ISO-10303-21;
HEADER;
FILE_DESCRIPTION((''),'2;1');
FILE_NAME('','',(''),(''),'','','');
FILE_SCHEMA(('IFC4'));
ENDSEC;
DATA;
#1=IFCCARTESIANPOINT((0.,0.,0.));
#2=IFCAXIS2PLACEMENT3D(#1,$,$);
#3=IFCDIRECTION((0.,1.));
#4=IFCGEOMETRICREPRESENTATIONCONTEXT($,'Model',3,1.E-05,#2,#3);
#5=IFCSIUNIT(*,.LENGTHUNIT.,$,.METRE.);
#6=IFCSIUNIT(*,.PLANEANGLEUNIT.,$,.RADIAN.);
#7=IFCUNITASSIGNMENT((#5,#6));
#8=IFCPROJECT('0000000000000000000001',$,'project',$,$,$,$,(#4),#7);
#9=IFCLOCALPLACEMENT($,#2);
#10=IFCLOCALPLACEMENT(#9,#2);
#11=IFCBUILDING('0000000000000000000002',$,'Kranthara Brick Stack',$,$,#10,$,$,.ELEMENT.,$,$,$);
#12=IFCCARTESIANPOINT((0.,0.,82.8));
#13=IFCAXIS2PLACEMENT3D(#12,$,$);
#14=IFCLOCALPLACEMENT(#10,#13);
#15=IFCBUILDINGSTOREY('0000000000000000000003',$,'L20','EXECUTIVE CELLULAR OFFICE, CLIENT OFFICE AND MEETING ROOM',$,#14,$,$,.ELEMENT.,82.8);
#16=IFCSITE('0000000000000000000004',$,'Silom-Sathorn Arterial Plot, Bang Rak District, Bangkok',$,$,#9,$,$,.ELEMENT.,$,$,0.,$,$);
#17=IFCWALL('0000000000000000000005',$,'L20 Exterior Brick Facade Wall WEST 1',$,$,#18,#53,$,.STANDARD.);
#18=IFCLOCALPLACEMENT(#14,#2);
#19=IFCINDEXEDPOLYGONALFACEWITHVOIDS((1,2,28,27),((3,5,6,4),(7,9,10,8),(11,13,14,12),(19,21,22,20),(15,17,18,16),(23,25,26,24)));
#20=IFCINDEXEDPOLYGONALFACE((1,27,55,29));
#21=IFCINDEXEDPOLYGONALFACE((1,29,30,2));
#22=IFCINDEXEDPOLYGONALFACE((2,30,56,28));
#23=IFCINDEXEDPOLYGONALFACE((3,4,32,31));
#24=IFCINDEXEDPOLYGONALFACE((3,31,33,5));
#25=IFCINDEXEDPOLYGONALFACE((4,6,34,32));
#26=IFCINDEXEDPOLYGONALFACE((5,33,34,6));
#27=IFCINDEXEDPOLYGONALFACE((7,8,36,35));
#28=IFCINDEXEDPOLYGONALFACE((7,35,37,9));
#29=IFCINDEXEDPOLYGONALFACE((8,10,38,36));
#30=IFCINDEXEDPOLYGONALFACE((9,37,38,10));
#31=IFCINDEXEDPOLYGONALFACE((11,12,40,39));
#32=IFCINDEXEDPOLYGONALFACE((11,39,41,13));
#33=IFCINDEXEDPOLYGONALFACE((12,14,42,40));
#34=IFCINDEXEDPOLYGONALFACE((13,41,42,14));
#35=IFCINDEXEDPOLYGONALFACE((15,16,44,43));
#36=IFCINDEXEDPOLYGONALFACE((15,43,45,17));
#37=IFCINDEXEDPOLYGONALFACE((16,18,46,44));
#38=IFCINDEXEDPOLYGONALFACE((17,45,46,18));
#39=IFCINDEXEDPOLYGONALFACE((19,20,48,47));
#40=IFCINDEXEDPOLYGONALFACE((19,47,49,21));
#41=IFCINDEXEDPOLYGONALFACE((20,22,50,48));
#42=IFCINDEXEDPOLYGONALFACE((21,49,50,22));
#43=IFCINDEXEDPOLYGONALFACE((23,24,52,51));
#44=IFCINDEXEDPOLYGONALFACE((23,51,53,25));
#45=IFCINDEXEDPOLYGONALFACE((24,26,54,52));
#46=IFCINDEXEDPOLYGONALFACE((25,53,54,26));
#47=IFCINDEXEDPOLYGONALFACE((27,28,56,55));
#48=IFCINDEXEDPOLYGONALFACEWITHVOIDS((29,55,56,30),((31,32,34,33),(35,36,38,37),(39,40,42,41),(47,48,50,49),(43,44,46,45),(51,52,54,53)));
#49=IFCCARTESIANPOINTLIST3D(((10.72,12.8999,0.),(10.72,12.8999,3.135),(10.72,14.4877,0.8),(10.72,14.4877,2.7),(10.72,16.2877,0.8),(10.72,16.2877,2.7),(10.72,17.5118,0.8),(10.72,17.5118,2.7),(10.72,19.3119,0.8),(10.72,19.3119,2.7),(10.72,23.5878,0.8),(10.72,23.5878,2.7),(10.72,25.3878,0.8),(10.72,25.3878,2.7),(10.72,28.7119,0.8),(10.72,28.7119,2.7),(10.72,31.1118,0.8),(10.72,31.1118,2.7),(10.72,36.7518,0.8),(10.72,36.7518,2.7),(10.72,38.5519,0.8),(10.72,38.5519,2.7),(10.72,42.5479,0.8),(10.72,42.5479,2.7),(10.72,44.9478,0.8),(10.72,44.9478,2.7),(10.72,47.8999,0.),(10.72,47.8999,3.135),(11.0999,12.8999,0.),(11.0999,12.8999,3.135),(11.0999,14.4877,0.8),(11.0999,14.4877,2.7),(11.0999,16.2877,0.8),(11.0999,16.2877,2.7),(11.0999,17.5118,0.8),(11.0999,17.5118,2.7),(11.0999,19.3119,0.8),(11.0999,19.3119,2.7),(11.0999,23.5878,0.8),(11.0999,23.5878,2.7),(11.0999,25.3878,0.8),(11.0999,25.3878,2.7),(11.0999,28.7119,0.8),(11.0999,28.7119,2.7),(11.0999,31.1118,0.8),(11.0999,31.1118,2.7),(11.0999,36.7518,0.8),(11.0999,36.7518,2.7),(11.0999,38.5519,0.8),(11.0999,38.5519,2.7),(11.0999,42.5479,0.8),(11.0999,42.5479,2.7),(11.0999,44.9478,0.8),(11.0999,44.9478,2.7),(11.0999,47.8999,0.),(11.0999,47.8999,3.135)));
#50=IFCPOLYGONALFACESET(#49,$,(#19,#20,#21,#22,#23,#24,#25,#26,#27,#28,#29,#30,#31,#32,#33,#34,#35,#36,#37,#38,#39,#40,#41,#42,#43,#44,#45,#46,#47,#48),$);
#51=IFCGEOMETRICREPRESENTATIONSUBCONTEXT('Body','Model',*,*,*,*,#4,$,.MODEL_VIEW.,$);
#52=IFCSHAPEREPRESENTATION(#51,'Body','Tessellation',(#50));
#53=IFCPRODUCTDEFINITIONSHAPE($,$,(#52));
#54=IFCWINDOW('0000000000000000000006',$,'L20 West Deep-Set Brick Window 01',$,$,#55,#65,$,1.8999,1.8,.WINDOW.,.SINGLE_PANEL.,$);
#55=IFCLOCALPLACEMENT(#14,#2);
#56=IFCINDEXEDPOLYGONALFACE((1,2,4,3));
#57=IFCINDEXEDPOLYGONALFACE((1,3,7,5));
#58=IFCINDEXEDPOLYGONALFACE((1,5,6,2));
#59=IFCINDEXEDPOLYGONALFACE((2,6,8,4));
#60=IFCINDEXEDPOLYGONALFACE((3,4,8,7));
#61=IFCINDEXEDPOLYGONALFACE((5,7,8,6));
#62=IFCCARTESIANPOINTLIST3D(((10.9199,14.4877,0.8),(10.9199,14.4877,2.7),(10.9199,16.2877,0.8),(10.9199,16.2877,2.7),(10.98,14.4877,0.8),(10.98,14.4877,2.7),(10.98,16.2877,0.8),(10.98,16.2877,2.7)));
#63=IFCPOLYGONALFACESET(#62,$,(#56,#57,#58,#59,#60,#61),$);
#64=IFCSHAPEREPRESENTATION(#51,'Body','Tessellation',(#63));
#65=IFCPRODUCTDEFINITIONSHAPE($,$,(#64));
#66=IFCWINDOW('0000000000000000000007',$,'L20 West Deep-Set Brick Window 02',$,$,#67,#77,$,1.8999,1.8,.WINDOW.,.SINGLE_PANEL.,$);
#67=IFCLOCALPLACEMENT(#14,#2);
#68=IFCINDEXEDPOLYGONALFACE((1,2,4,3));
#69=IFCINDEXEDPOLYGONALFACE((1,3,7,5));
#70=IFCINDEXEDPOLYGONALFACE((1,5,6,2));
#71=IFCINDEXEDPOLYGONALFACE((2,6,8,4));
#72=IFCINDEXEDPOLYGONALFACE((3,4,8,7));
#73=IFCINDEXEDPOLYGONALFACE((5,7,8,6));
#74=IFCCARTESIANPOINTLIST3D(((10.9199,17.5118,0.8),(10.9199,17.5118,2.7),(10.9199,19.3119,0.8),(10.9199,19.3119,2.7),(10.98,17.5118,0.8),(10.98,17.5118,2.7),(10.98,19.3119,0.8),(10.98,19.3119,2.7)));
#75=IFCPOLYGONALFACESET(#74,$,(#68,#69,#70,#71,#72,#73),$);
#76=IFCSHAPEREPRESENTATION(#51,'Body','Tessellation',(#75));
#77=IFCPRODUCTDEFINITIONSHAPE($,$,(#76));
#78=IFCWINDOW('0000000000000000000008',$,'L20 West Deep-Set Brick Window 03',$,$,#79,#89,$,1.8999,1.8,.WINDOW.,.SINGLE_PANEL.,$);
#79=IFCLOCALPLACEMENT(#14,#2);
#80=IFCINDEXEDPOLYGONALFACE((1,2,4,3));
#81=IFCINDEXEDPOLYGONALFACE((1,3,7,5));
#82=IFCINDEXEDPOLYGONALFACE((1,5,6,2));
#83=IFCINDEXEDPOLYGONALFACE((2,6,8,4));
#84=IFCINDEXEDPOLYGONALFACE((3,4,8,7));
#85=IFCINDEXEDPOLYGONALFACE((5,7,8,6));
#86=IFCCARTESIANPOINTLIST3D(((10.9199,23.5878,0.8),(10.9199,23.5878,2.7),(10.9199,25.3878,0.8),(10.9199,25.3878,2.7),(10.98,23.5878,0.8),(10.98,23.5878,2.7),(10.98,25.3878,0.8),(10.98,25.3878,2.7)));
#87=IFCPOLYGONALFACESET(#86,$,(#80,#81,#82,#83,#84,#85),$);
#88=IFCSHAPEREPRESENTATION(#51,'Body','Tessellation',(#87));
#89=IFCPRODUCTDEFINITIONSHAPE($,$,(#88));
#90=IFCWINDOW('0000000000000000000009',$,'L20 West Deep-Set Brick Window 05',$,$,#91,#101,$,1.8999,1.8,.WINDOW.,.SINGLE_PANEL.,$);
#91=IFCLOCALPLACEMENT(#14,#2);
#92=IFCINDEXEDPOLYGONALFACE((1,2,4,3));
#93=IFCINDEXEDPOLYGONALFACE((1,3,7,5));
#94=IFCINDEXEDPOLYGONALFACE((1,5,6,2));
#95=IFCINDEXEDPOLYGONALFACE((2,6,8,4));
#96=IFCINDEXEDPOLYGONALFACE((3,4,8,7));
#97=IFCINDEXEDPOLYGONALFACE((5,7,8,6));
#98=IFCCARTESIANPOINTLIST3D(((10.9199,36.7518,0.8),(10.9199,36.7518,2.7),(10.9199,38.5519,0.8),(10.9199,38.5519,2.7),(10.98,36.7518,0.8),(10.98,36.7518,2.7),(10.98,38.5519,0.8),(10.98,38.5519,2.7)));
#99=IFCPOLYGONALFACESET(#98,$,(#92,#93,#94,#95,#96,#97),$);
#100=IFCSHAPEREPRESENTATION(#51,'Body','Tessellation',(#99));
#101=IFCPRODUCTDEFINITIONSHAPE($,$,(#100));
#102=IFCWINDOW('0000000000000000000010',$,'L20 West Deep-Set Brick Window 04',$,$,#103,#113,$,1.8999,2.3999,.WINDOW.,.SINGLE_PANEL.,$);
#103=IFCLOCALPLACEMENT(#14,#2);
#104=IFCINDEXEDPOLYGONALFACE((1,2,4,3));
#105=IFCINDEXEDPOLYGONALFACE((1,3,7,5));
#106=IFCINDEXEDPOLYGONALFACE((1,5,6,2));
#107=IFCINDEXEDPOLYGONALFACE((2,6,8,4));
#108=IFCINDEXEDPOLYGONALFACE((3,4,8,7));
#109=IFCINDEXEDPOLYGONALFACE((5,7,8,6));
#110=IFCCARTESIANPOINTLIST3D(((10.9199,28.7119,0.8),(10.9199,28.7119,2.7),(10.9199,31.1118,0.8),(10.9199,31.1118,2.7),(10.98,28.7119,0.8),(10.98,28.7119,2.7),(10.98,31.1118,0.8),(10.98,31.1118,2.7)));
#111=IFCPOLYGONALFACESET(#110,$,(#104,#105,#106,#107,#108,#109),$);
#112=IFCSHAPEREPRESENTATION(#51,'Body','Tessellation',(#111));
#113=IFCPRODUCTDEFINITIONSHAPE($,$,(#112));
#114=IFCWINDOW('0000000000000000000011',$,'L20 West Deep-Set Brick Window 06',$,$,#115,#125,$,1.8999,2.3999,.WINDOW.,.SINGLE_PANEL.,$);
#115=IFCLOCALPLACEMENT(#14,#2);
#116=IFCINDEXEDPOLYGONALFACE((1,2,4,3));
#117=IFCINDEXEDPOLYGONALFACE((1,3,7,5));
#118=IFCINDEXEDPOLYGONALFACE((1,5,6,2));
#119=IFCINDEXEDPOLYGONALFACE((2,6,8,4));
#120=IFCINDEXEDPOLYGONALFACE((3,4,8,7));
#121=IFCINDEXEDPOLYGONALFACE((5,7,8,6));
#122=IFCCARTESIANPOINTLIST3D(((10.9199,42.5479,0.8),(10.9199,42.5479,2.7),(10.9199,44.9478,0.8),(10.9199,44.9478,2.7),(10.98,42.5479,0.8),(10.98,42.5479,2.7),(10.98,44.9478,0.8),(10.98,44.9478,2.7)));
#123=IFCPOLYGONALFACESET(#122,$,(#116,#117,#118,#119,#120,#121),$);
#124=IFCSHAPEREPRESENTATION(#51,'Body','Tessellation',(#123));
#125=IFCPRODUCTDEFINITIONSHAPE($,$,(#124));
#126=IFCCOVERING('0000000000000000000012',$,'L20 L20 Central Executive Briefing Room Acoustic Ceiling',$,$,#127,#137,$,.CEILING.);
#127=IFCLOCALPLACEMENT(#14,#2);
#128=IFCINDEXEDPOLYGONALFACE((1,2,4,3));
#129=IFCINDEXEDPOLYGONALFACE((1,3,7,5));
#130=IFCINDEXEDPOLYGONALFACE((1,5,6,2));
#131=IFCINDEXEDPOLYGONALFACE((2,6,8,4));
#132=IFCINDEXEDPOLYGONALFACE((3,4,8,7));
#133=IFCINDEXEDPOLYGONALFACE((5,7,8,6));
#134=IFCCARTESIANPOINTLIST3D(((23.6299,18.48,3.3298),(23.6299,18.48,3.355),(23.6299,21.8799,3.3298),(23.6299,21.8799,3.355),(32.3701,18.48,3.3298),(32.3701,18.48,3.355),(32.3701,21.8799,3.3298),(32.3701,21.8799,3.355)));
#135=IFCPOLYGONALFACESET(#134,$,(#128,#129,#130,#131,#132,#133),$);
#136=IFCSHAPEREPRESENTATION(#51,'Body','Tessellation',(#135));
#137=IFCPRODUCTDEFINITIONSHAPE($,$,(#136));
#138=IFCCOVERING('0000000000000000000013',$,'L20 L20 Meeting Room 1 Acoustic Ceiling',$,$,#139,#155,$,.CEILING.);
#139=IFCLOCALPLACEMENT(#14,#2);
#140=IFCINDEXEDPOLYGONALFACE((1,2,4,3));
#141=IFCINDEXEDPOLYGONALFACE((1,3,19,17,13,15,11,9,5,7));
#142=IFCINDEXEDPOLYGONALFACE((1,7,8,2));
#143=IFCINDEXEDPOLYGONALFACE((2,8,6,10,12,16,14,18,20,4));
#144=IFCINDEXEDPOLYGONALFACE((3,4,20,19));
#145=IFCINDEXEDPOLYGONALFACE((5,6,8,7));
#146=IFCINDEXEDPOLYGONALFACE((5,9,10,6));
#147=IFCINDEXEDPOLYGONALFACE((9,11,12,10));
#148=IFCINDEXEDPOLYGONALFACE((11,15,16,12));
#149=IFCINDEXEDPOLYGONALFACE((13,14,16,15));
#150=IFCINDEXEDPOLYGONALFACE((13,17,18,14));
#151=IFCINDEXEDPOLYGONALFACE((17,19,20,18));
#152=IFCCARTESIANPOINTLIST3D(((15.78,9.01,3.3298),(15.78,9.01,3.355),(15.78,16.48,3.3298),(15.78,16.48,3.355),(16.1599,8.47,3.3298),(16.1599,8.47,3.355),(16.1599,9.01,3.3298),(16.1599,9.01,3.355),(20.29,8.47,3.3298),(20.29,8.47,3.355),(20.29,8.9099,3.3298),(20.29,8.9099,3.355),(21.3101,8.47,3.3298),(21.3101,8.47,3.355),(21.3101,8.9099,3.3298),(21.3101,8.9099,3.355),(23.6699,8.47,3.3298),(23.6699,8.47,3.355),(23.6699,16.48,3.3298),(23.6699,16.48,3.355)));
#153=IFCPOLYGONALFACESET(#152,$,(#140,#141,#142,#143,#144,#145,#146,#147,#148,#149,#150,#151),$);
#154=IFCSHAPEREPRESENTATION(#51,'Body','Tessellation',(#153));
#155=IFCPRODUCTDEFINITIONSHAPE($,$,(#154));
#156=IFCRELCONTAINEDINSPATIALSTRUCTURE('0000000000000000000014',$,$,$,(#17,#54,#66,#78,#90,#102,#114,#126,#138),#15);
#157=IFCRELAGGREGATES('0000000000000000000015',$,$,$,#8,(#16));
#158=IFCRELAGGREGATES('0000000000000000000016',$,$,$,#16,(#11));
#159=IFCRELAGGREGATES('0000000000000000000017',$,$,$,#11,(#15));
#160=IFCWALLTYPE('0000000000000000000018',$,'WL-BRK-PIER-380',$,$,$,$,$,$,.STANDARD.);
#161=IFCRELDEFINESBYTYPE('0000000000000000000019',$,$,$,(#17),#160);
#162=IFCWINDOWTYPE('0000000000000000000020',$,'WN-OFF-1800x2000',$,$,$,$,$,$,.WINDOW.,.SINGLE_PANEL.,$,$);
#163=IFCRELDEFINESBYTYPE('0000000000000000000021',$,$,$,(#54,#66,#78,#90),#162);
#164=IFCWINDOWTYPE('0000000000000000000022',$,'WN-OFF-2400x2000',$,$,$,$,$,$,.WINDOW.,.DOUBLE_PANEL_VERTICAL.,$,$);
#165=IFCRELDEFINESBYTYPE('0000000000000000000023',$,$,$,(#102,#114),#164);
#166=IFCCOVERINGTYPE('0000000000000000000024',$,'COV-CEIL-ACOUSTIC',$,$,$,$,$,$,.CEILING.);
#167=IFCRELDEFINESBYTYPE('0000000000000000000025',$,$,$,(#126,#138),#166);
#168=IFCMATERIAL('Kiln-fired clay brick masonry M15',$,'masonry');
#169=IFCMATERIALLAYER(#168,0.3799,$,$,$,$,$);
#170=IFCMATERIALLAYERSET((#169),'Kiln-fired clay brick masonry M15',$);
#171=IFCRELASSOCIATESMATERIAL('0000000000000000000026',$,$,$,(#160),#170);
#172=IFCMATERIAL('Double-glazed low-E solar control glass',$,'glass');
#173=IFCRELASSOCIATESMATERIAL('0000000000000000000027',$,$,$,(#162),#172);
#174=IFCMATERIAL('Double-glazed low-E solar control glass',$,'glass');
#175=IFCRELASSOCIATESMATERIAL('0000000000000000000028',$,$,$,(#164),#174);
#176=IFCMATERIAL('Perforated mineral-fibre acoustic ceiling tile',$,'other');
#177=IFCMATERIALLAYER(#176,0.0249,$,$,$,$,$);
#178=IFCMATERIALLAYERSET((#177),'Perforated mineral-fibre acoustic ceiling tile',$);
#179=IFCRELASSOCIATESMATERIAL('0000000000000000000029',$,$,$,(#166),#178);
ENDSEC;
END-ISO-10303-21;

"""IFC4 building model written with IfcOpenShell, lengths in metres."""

from ifc_helpers import new_model, si_unit, direction, frame, frame_2d, origin, place, context, subcontext, project, spatial, polyline, rectangle, outline, extrude, material, layer, layer_set, type_object, element, fill, save


model = new_model("IFC4")

# Units and contexts
model_context = context("Model", 3, precision=1e-05, world=origin(), true_north=direction((0.0, 1.0)))
body_context = subcontext(model_context, "Body", "Model", "MODEL_VIEW")
ifc_project = project(units=[si_unit("LENGTHUNIT", "METRE"), si_unit("PLANEANGLEUNIT", "RADIAN")], contexts=[model_context])

# Site, building, storey
site_placement = place(None, origin())
site = spatial("IfcSite", under=ifc_project, at=site_placement, Name="Silom-Sathorn Arterial Plot, Bang Rak District, Bangkok", CompositionType="ELEMENT", RefElevation=0.0)
building_placement = place(site_placement, origin())
building = spatial("IfcBuilding", under=site, at=building_placement, Name="Kranthara Brick Stack", CompositionType="ELEMENT")
storey_placement = place(building_placement, frame((0.0, 0.0, 82.8)))
storey = spatial("IfcBuildingStorey", under=building, at=storey_placement, Name="L20", Description="EXECUTIVE CELLULAR OFFICE, CLIENT OFFICE AND MEETING ROOM", CompositionType="ELEMENT", Elevation=82.8)

# Wall, openings, windows
ifc_material_1 = material(Name="Kiln-fired clay brick masonry M15", Category="masonry")
ifc_layer_1 = layer(ifc_material_1, 0.3799)
ifc_layer_set_1 = layer_set([ifc_layer_1], Name="Kiln-fired clay brick masonry M15")
wall_type = type_object("IfcWallType", Name="WL-BRK-PIER-380", PredefinedType="STANDARD", material=ifc_layer_set_1)
wall_placement = place(storey_placement, frame((10.9099, 12.8999, 0.0), z_axis=(0.0, 0.0, 1.0), x_axis=(0.0, 1.0, 0.0)))
wall = element("IfcWall", 1, at=wall_placement, inside=storey, type_object=wall_type, Name="L20 Exterior Brick Facade Wall WEST 1", PredefinedType="STANDARD", context=body_context, shape_type="SweptSolid", body=[
    extrude(rectangle(XDim=35.0, YDim=0.3799, at=frame_2d((17.5, 0.0))), origin(), (0.0, 0.0, 1.0), 3.135),
])
opening_1_placement = place(wall_placement, frame((1.5879, 0.0, 0.8)))
opening_1 = element("IfcOpeningElement", 2, at=opening_1_placement, cuts=wall, PredefinedType="OPENING", context=body_context, shape_type="SweptSolid", body=[
    extrude(rectangle(XDim=1.8, YDim=1.8999, at=frame_2d((0.8999, 0.95))), frame((0.0, 0.2, 0.0), z_axis=(0.0, -1.0, 0.0), x_axis=(1.0, 0.0, 0.0)), (0.0, 0.0, 1.0), 0.3999),
])
opening_2_placement = place(wall_placement, frame((4.6121, 0.0, 0.8)))
opening_2 = element("IfcOpeningElement", 3, at=opening_2_placement, cuts=wall, PredefinedType="OPENING", context=body_context, shape_type="SweptSolid", body=[
    extrude(rectangle(XDim=1.8, YDim=1.8999, at=frame_2d((0.8999, 0.95))), frame((0.0, 0.2, 0.0), z_axis=(0.0, -1.0, 0.0), x_axis=(1.0, 0.0, 0.0)), (0.0, 0.0, 1.0), 0.3999),
])
opening_3_placement = place(wall_placement, frame((10.688, 0.0, 0.8)))
opening_3 = element("IfcOpeningElement", 4, at=opening_3_placement, cuts=wall, PredefinedType="OPENING", context=body_context, shape_type="SweptSolid", body=[
    extrude(rectangle(XDim=1.8, YDim=1.8999, at=frame_2d((0.8999, 0.95))), frame((0.0, 0.2, 0.0), z_axis=(0.0, -1.0, 0.0), x_axis=(1.0, 0.0, 0.0)), (0.0, 0.0, 1.0), 0.3999),
])
opening_4_placement = place(wall_placement, frame((15.812, 0.0, 0.8)))
opening_4 = element("IfcOpeningElement", 5, at=opening_4_placement, cuts=wall, PredefinedType="OPENING", context=body_context, shape_type="SweptSolid", body=[
    extrude(rectangle(XDim=2.3999, YDim=1.8999, at=frame_2d((1.2, 0.95))), frame((0.0, 0.2, 0.0), z_axis=(0.0, -1.0, 0.0), x_axis=(1.0, 0.0, 0.0)), (0.0, 0.0, 1.0), 0.3999),
])
opening_5_placement = place(wall_placement, frame((23.8521, 0.0, 0.8)))
opening_5 = element("IfcOpeningElement", 6, at=opening_5_placement, cuts=wall, PredefinedType="OPENING", context=body_context, shape_type="SweptSolid", body=[
    extrude(rectangle(XDim=1.8, YDim=1.8999, at=frame_2d((0.8999, 0.95))), frame((0.0, 0.2, 0.0), z_axis=(0.0, -1.0, 0.0), x_axis=(1.0, 0.0, 0.0)), (0.0, 0.0, 1.0), 0.3999),
])
opening_6_placement = place(wall_placement, frame((29.6479, 0.0, 0.8)))
opening_6 = element("IfcOpeningElement", 7, at=opening_6_placement, cuts=wall, PredefinedType="OPENING", context=body_context, shape_type="SweptSolid", body=[
    extrude(rectangle(XDim=2.3999, YDim=1.8999, at=frame_2d((1.2, 0.95))), frame((0.0, 0.2, 0.0), z_axis=(0.0, -1.0, 0.0), x_axis=(1.0, 0.0, 0.0)), (0.0, 0.0, 1.0), 0.3999),
])
ifc_material_2 = material(Name="Double-glazed low-E solar control glass", Category="glass")
window_type_1 = type_object("IfcWindowType", Name="WN-OFF-1800x2000", PartitioningType="SINGLE_PANEL", PredefinedType="WINDOW", material=ifc_material_2)
window_1_placement = place(opening_1_placement, origin())
window_1 = element("IfcWindow", 8, at=window_1_placement, inside=storey, type_object=window_type_1, Name="L20 West Deep-Set Brick Window 01", OverallHeight=1.8999, OverallWidth=1.8, PartitioningType="SINGLE_PANEL", PredefinedType="WINDOW", context=body_context, shape_type="SweptSolid", body=[
    extrude(rectangle(XDim=1.8, YDim=1.8999, at=frame_2d((0.8999, 0.95))), frame((0.0, -0.01, 0.0), z_axis=(0.0, -1.0, 0.0), x_axis=(1.0, 0.0, 0.0)), (0.0, 0.0, 1.0), 0.0601),
])
fill(opening_1, window_1)
window_2_placement = place(opening_2_placement, origin())
window_2 = element("IfcWindow", 9, at=window_2_placement, inside=storey, type_object=window_type_1, Name="L20 West Deep-Set Brick Window 02", OverallHeight=1.8999, OverallWidth=1.8, PartitioningType="SINGLE_PANEL", PredefinedType="WINDOW", context=body_context, shape_type="SweptSolid", body=[
    extrude(rectangle(XDim=1.8, YDim=1.8999, at=frame_2d((0.8999, 0.95))), frame((0.0, -0.01, 0.0), z_axis=(0.0, -1.0, 0.0), x_axis=(1.0, 0.0, 0.0)), (0.0, 0.0, 1.0), 0.0601),
])
fill(opening_2, window_2)
window_3_placement = place(opening_3_placement, origin())
window_3 = element("IfcWindow", 10, at=window_3_placement, inside=storey, type_object=window_type_1, Name="L20 West Deep-Set Brick Window 03", OverallHeight=1.8999, OverallWidth=1.8, PartitioningType="SINGLE_PANEL", PredefinedType="WINDOW", context=body_context, shape_type="SweptSolid", body=[
    extrude(rectangle(XDim=1.8, YDim=1.8999, at=frame_2d((0.8999, 0.95))), frame((0.0, -0.01, 0.0), z_axis=(0.0, -1.0, 0.0), x_axis=(1.0, 0.0, 0.0)), (0.0, 0.0, 1.0), 0.0601),
])
fill(opening_3, window_3)
window_4_placement = place(opening_5_placement, origin())
window_4 = element("IfcWindow", 11, at=window_4_placement, inside=storey, type_object=window_type_1, Name="L20 West Deep-Set Brick Window 05", OverallHeight=1.8999, OverallWidth=1.8, PartitioningType="SINGLE_PANEL", PredefinedType="WINDOW", context=body_context, shape_type="SweptSolid", body=[
    extrude(rectangle(XDim=1.8, YDim=1.8999, at=frame_2d((0.8999, 0.95))), frame((0.0, -0.01, 0.0), z_axis=(0.0, -1.0, 0.0), x_axis=(1.0, 0.0, 0.0)), (0.0, 0.0, 1.0), 0.0601),
])
fill(opening_5, window_4)
ifc_material_3 = material(Name="Double-glazed low-E solar control glass", Category="glass")
window_type_2 = type_object("IfcWindowType", Name="WN-OFF-2400x2000", PartitioningType="DOUBLE_PANEL_VERTICAL", PredefinedType="WINDOW", material=ifc_material_3)
window_5_placement = place(opening_4_placement, origin())
window_5 = element("IfcWindow", 12, at=window_5_placement, inside=storey, type_object=window_type_2, Name="L20 West Deep-Set Brick Window 04", OverallHeight=1.8999, OverallWidth=2.3999, PartitioningType="SINGLE_PANEL", PredefinedType="WINDOW", context=body_context, shape_type="SweptSolid", body=[
    extrude(rectangle(XDim=2.3999, YDim=1.8999, at=frame_2d((1.2, 0.95))), frame((0.0, -0.01, 0.0), z_axis=(0.0, -1.0, 0.0), x_axis=(1.0, 0.0, 0.0)), (0.0, 0.0, 1.0), 0.0601),
])
fill(opening_4, window_5)
window_6_placement = place(opening_6_placement, origin())
window_6 = element("IfcWindow", 13, at=window_6_placement, inside=storey, type_object=window_type_2, Name="L20 West Deep-Set Brick Window 06", OverallHeight=1.8999, OverallWidth=2.3999, PartitioningType="SINGLE_PANEL", PredefinedType="WINDOW", context=body_context, shape_type="SweptSolid", body=[
    extrude(rectangle(XDim=2.3999, YDim=1.8999, at=frame_2d((1.2, 0.95))), frame((0.0, -0.01, 0.0), z_axis=(0.0, -1.0, 0.0), x_axis=(1.0, 0.0, 0.0)), (0.0, 0.0, 1.0), 0.0601),
])
fill(opening_6, window_6)

# Coverings
ifc_material_4 = material(Name="Perforated mineral-fibre acoustic ceiling tile", Category="other")
ifc_layer_2 = layer(ifc_material_4, 0.0249)
ifc_layer_set_2 = layer_set([ifc_layer_2], Name="Perforated mineral-fibre acoustic ceiling tile")
covering_type_1 = type_object("IfcCoveringType", Name="COV-CEIL-ACOUSTIC", PredefinedType="CEILING", material=ifc_layer_set_2)
covering_1_placement = place(storey_placement, frame((0.0, 0.0, 3.3298)))
element("IfcCovering", 14, at=covering_1_placement, inside=storey, type_object=covering_type_1, Name="L20 L20 Central Executive Briefing Room Acoustic Ceiling", PredefinedType="CEILING", context=body_context, shape_type="SweptSolid", body=[
    extrude(outline(polyline([(32.3701, 18.48), (32.3701, 21.8799), (23.6299, 21.8799), (23.6299, 18.48), (32.3701, 18.48)])), origin(), (0.0, 0.0, 1.0), 0.0251),
])
covering_2_placement = place(storey_placement, frame((0.0, 0.0, 3.3298)))
element("IfcCovering", 15, at=covering_2_placement, inside=storey, type_object=covering_type_1, Name="L20 L20 Meeting Room 1 Acoustic Ceiling", PredefinedType="CEILING", context=body_context, shape_type="SweptSolid", body=[
    extrude(outline(polyline([(23.6699, 16.48), (23.6699, 8.47), (21.3101, 8.47), (21.3101, 8.9099), (20.29, 8.9099), (20.29, 8.47), (16.1599, 8.47), (16.1599, 9.01), (15.78, 9.01), (15.78, 16.48), (23.6699, 16.48)])), origin(), (0.0, 0.0, 1.0), 0.0251),
])

save(model, "model.ifc")
